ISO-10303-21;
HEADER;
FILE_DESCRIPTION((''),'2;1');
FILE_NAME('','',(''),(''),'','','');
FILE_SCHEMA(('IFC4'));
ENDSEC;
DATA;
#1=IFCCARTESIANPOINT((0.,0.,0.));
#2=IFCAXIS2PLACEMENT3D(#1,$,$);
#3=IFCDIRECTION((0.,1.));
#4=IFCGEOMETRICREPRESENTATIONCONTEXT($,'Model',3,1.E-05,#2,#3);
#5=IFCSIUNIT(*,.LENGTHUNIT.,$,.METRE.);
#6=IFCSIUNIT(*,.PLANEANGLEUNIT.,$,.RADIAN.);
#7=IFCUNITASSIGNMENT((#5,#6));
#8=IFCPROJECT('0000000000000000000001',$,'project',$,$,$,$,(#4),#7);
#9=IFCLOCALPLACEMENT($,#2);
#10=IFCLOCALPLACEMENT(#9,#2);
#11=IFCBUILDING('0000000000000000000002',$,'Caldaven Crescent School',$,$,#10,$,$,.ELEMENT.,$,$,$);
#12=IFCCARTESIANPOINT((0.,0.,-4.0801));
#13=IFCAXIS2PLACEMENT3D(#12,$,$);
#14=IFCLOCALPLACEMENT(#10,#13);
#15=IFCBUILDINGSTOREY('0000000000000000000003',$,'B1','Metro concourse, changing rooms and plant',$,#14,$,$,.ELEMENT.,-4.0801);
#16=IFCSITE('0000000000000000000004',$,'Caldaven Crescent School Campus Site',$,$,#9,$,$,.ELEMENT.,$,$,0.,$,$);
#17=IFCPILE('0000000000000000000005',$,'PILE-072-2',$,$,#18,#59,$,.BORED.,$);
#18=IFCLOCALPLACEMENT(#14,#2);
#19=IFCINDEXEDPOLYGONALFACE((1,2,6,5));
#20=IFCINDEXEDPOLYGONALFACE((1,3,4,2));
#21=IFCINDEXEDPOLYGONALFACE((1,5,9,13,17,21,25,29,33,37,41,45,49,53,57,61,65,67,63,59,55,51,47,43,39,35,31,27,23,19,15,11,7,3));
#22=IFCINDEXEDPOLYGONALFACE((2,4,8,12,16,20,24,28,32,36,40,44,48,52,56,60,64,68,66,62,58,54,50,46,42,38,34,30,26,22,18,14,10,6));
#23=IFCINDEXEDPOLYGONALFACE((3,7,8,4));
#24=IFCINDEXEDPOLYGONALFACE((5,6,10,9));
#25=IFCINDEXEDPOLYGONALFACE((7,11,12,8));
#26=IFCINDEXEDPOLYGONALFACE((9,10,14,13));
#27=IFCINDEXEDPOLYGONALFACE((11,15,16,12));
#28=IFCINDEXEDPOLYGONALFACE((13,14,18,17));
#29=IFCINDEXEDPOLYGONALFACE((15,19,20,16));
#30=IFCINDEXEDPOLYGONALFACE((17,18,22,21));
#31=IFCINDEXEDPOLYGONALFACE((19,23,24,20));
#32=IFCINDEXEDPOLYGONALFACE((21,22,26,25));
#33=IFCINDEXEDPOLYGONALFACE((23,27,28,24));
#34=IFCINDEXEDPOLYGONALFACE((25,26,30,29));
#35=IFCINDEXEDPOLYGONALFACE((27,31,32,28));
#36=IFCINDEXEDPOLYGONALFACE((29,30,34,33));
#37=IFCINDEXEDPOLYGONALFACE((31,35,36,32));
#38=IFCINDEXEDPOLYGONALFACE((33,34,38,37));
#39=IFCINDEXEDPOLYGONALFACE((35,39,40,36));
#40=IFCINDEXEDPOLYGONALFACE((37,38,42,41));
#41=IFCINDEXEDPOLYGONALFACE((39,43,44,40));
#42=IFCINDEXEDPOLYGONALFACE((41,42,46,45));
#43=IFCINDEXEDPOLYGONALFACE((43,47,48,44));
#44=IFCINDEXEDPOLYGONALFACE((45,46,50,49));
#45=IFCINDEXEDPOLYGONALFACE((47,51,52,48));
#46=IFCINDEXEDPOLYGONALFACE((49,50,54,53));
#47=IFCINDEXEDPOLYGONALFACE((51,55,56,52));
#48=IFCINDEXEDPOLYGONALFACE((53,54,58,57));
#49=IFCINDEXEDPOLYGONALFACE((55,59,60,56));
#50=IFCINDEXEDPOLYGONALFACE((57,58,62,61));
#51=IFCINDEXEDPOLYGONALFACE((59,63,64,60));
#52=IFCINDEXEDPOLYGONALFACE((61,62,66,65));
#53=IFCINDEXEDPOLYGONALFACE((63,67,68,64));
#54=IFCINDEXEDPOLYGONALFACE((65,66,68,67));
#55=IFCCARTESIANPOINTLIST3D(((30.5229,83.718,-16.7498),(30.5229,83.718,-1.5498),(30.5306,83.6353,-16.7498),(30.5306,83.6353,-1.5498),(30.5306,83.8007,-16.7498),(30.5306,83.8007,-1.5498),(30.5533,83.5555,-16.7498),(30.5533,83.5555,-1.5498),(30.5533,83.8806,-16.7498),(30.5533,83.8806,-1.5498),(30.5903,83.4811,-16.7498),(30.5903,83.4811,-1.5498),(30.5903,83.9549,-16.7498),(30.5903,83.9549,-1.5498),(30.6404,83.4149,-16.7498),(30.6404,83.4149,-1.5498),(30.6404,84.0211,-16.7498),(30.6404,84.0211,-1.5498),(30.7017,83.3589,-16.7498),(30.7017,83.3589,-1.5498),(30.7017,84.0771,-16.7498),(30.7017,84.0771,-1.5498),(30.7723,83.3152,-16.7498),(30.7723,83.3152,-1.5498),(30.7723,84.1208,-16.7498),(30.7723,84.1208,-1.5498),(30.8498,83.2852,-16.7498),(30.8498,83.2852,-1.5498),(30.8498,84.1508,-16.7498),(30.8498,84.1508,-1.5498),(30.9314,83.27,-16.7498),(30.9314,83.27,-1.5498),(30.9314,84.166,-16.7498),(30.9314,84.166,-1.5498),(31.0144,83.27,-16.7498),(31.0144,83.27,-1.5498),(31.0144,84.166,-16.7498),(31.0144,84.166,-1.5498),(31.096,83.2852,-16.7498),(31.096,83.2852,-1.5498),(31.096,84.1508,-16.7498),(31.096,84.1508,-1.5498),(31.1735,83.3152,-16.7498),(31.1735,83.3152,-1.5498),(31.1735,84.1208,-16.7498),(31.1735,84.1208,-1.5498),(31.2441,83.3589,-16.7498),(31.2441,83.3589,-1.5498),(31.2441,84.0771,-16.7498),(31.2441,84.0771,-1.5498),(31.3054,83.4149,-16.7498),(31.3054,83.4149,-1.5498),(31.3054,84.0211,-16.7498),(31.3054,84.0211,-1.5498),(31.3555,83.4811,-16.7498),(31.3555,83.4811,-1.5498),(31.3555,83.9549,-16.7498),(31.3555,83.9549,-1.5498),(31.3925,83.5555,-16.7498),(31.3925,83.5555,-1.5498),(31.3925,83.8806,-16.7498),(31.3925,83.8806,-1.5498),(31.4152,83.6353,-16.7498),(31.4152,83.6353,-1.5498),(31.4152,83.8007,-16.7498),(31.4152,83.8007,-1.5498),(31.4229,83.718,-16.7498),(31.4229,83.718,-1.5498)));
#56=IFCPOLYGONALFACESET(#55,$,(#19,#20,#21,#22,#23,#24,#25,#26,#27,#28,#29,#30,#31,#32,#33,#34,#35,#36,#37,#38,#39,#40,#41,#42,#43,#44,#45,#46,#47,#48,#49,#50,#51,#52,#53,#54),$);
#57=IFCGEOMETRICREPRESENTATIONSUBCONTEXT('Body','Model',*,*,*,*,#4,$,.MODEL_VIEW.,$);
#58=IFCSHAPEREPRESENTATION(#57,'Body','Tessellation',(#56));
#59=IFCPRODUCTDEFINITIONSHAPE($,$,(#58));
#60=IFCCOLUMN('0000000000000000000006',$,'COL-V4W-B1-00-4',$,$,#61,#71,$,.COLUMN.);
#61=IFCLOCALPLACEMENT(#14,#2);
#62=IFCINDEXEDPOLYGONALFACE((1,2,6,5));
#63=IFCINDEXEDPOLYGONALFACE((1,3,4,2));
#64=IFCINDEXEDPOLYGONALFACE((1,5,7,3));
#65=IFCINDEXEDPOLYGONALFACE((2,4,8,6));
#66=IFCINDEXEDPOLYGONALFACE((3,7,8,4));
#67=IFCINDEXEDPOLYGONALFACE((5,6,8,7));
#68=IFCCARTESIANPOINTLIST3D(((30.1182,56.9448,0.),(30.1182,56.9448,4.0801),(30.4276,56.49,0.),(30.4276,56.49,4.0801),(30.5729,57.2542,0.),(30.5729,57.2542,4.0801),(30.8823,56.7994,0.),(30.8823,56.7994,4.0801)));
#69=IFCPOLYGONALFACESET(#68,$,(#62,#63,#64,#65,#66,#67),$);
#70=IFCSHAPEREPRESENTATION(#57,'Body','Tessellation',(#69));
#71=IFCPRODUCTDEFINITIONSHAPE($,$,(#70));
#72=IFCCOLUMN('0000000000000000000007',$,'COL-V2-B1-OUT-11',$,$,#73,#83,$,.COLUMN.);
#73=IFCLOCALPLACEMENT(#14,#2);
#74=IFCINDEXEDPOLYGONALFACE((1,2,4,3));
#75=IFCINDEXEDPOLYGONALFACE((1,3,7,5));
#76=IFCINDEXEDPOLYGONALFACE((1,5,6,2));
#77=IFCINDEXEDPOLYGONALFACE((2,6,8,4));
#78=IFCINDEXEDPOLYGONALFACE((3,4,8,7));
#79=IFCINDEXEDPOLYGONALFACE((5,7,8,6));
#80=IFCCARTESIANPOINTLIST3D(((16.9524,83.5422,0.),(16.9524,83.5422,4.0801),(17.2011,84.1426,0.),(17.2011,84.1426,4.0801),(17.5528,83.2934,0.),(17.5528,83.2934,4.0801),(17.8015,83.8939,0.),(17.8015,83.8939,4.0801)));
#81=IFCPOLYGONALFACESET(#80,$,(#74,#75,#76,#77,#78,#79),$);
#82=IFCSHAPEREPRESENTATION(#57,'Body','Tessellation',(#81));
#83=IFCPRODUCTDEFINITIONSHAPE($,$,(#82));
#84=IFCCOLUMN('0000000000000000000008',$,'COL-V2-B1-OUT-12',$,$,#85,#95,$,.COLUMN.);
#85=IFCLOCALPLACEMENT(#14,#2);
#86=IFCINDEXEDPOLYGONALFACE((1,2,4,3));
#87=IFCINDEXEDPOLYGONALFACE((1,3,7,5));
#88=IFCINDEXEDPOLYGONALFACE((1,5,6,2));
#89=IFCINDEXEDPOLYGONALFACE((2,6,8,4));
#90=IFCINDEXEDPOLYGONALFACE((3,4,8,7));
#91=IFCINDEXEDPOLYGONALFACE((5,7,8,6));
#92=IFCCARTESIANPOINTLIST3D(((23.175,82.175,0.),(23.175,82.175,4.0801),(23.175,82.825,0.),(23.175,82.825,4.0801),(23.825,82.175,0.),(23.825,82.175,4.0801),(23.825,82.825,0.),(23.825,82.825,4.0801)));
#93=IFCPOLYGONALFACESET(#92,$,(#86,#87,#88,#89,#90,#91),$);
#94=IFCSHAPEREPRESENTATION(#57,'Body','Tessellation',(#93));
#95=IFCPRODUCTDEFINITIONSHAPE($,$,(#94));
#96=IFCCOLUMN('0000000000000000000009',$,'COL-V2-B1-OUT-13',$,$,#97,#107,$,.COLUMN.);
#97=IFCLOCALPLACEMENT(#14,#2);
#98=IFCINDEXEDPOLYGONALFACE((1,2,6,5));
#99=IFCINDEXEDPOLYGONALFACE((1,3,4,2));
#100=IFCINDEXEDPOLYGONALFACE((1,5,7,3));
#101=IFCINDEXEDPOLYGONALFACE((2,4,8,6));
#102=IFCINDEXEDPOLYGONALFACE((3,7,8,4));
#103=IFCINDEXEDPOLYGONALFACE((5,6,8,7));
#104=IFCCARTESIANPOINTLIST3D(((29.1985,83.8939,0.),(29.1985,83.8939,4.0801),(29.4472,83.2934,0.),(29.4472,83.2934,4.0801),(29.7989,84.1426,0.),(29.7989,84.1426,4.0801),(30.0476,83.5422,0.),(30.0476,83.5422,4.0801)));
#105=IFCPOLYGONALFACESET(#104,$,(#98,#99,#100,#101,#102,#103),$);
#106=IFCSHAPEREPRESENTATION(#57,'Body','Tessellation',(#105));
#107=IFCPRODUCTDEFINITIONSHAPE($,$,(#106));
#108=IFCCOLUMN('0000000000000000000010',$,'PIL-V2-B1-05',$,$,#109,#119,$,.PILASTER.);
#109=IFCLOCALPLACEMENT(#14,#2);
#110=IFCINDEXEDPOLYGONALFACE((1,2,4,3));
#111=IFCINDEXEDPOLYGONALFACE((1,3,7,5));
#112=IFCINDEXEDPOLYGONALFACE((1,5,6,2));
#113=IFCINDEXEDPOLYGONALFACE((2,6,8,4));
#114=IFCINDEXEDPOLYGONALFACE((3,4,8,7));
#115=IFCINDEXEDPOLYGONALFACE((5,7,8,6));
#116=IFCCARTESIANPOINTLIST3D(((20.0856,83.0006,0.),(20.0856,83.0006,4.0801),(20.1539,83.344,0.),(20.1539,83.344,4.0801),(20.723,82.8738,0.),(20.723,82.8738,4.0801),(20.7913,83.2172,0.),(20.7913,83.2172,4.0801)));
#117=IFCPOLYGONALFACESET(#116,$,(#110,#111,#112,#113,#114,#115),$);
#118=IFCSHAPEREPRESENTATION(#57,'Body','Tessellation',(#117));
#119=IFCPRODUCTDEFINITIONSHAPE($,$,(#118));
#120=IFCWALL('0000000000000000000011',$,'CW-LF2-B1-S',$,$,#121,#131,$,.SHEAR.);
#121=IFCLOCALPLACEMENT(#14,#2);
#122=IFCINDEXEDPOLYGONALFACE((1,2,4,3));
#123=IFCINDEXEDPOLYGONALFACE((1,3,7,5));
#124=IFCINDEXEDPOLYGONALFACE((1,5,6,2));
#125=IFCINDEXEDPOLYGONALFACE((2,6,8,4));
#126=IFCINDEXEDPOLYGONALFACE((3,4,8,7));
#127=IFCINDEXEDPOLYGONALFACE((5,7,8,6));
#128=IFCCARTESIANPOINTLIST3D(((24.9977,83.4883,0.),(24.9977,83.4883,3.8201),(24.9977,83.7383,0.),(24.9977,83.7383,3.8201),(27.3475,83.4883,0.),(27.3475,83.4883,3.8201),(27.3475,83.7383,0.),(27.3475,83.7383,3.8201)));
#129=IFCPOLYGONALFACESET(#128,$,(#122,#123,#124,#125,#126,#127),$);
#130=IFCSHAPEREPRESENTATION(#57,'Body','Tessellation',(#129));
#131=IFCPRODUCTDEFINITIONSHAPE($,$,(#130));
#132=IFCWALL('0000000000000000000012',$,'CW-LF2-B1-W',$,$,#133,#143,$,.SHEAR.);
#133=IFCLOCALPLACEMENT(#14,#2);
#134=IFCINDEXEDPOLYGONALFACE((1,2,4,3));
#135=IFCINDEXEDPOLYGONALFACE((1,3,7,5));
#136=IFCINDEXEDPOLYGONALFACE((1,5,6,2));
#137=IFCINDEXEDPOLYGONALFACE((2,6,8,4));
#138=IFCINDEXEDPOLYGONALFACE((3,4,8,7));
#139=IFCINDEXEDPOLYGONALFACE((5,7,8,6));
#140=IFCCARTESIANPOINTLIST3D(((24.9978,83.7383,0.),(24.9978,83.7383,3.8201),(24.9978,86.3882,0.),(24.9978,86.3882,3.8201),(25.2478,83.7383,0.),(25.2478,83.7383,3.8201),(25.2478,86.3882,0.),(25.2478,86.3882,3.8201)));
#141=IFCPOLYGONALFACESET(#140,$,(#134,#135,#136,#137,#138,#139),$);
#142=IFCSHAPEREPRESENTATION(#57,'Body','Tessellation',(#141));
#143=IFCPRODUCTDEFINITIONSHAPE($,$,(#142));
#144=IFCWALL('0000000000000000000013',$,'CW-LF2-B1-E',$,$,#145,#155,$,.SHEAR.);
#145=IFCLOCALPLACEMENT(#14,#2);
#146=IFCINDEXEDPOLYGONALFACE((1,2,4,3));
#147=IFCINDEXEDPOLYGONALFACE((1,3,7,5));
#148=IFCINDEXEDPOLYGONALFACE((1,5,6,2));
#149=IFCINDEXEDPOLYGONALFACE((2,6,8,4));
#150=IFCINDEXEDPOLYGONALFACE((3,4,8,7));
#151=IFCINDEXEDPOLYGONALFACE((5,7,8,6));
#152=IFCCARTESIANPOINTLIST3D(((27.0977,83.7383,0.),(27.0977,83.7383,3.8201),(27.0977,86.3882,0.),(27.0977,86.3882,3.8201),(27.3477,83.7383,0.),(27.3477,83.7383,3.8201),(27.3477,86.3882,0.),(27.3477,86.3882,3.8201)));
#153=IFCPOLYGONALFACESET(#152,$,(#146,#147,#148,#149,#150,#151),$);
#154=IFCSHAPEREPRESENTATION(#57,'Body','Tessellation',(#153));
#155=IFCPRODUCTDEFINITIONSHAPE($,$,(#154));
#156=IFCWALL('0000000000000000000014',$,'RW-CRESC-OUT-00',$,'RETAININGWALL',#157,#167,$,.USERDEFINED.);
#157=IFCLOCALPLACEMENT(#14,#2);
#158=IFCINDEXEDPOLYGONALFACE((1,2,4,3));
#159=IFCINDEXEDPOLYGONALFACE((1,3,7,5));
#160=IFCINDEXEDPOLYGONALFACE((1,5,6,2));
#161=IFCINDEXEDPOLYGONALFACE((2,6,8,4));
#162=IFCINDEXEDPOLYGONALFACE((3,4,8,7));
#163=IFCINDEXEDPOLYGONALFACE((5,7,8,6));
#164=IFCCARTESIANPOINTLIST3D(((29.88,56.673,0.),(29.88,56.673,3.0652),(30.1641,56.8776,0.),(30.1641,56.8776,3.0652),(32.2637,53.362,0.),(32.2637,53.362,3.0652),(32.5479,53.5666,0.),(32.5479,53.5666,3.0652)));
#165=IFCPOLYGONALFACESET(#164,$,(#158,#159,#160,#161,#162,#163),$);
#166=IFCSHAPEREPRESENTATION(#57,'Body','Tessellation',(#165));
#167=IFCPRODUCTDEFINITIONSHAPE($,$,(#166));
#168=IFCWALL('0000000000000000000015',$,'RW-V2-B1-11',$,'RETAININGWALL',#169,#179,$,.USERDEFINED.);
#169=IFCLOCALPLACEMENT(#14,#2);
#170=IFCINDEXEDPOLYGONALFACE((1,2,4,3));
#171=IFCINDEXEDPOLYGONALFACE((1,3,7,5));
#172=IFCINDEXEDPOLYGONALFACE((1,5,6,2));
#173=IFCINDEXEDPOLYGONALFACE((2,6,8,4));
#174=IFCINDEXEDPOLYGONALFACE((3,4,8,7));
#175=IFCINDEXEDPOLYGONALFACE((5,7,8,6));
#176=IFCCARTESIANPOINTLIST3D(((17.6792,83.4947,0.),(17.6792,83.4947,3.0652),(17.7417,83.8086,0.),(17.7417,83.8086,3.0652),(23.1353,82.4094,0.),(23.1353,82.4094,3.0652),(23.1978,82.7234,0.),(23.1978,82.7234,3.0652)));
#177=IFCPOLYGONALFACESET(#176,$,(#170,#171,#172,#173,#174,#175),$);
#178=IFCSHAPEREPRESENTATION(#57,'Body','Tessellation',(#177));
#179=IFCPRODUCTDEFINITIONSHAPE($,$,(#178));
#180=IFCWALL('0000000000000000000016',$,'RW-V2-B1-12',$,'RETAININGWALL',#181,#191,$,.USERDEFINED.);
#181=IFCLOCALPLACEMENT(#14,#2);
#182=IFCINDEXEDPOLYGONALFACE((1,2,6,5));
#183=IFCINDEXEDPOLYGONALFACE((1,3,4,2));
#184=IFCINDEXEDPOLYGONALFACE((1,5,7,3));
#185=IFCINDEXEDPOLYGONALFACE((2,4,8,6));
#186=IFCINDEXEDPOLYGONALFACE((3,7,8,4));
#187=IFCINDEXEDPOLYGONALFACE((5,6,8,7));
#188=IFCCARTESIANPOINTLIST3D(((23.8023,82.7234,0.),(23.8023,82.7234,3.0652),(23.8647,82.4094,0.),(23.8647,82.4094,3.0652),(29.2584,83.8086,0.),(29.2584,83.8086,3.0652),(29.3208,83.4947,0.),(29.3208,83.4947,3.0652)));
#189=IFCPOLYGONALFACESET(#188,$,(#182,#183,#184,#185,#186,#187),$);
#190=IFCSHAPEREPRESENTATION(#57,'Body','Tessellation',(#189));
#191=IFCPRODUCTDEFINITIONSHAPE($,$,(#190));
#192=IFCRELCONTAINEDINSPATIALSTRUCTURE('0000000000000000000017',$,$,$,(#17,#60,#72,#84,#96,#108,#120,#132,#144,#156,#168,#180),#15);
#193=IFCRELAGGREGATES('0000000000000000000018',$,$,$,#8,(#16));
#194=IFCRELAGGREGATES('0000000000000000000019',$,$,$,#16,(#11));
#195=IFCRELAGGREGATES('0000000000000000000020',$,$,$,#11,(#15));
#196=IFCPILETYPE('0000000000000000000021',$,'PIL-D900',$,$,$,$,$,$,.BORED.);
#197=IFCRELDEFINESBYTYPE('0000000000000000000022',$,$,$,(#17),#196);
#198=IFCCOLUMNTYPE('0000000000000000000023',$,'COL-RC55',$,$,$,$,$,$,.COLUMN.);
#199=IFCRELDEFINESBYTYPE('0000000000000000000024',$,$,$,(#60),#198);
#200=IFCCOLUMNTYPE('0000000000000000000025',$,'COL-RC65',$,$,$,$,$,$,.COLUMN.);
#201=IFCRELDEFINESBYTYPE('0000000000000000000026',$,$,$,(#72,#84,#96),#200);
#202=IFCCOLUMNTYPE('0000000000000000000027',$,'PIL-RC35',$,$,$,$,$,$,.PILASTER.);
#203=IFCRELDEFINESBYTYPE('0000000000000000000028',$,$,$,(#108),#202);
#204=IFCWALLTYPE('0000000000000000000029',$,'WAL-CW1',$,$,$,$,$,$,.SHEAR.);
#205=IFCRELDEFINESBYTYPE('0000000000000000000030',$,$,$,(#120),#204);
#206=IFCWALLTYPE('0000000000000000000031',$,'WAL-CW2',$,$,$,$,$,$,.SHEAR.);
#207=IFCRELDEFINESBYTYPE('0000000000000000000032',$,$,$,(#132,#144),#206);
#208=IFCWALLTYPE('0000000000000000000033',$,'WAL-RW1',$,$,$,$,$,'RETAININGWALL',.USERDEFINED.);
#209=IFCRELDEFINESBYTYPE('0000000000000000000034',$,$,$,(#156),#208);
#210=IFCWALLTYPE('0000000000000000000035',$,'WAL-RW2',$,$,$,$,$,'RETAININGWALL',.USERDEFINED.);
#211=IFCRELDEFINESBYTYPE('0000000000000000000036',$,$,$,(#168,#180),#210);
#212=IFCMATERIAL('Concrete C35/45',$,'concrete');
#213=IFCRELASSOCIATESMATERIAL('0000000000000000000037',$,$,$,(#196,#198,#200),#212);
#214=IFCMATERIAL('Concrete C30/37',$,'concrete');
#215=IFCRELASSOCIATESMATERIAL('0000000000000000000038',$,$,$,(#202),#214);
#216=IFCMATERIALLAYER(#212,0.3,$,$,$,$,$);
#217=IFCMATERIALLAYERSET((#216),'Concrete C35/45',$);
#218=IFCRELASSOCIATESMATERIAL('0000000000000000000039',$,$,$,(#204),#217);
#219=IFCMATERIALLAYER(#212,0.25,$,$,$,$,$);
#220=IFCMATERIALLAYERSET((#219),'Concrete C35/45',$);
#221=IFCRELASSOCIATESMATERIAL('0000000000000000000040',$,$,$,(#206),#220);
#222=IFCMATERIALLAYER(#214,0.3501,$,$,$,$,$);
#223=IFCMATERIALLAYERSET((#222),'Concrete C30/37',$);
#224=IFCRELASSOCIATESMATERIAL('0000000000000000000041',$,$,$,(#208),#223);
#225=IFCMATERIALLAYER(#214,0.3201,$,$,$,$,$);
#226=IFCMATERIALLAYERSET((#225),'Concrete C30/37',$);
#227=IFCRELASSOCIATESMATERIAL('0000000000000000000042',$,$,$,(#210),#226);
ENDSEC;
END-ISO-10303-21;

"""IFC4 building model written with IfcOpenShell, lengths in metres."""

from ifc_helpers import new_model, si_unit, direction, frame, frame_2d, origin, origin_2d, place, context, subcontext, project, spatial, rectangle, circle, extrude, material, layer, layer_set, material_profile, profile_set, type_object, element, save


model = new_model("IFC4")

# Units and contexts
model_context = context("Model", 3, precision=1e-05, world=origin(), true_north=direction((0.0, 1.0)))
body_context = subcontext(model_context, "Body", "Model", "MODEL_VIEW")
ifc_project = project(units=[si_unit("LENGTHUNIT", "METRE"), si_unit("PLANEANGLEUNIT", "RADIAN")], contexts=[model_context])

# Site, building, storey
site_placement = place(None, origin())
site = spatial("IfcSite", under=ifc_project, at=site_placement, Name="Caldaven Crescent School Campus Site", CompositionType="ELEMENT", RefElevation=0.0)
building_placement = place(site_placement, origin())
building = spatial("IfcBuilding", under=site, at=building_placement, Name="Caldaven Crescent School", CompositionType="ELEMENT")
storey_placement = place(building_placement, frame((0.0, 0.0, -4.0801)))
storey = spatial("IfcBuildingStorey", under=building, at=storey_placement, Name="B1", Description="Metro concourse, changing rooms and plant", CompositionType="ELEMENT", Elevation=-4.0801)

# Shared definitions
ifc_material_1 = material(Name="Concrete C30/37", Category="concrete")
ifc_material_2 = material(Name="Concrete C35/45", Category="concrete")

# Pile
ifc_material_profile_1 = material_profile(ifc_material_2, circle(Radius=0.45, at=origin_2d()), Name="PILE D900")
ifc_profile_set_1 = profile_set([ifc_material_profile_1], Name="Concrete C35/45")
pile_type_1 = type_object("IfcPileType", Name="PIL-D900", PredefinedType="BORED", material=ifc_profile_set_1)
for number, where, z_axis, x_axis, name in (
    (1, (30.9729, 83.718, -1.5498), (0.0, 0.0, -1.0), (1.0, 0.0, 0.0), "PILE-072-2"),
):
    element("IfcPile", number, at=place(storey_placement, frame(where, z_axis=z_axis, x_axis=x_axis)), inside=storey, type_object=pile_type_1, Name=name, PredefinedType="BORED", context=body_context, shape_type="SweptSolid", body=[
        extrude(circle(Radius=0.45, at=origin_2d()), origin(), (0.0, 0.0, 1.0), 15.2),
    ])

# Columns
ifc_material_profile_2 = material_profile(ifc_material_2, rectangle(XDim=0.55, YDim=0.55, at=origin_2d()), Name="RC 550x550")
ifc_profile_set_2 = profile_set([ifc_material_profile_2], Name="Concrete C35/45")
column_type_1 = type_object("IfcColumnType", Name="COL-RC55", PredefinedType="COLUMN", material=ifc_profile_set_2)
column_1_placement = place(storey_placement, frame((30.5002, 56.8721, 0.0), z_axis=(0.0, 0.0, 1.0), x_axis=(-0.826786, -0.562516, 0.0)))
element("IfcColumn", 2, at=column_1_placement, inside=storey, type_object=column_type_1, Name="COL-V4W-B1-00-4", PredefinedType="COLUMN", context=body_context, shape_type="SweptSolid", body=[
    extrude(rectangle(XDim=0.55, YDim=0.55, at=origin_2d()), origin(), (0.0, 0.0, 1.0), 4.0801),
])
ifc_material_profile_3 = material_profile(ifc_material_2, rectangle(XDim=0.6499, YDim=0.6499, at=origin_2d()), Name="RC 650x650")
ifc_profile_set_3 = profile_set([ifc_material_profile_3], Name="Concrete C35/45")
column_type_2 = type_object("IfcColumnType", Name="COL-RC65", PredefinedType="COLUMN", material=ifc_profile_set_3)
for number, where, z_axis, x_axis, name in (
    (3, (17.377, 83.718, 0.0), (0.0, 0.0, 1.0), (-0.382683, -0.92388, 0.0), "COL-V2-B1-OUT-11"),
    (4, (23.5, 82.5, 0.0), (0.0, 0.0, 1.0), (0.0, -1.0, 0.0), "COL-V2-B1-OUT-12"),
    (5, (29.623, 83.718, 0.0), (0.0, 0.0, 1.0), (0.382683, -0.92388, 0.0), "COL-V2-B1-OUT-13"),
):
    element("IfcColumn", number, at=place(storey_placement, frame(where, z_axis=z_axis, x_axis=x_axis)), inside=storey, type_object=column_type_2, Name=name, PredefinedType="COLUMN", context=body_context, shape_type="SweptSolid", body=[
        extrude(rectangle(XDim=0.6499, YDim=0.6499, at=origin_2d()), origin(), (0.0, 0.0, 1.0), 4.0801),
    ])
ifc_material_profile_4 = material_profile(ifc_material_1, rectangle(XDim=0.3501, YDim=0.6499, at=origin_2d()), Name="RC 350x650")
ifc_profile_set_4 = profile_set([ifc_material_profile_4], Name="Concrete C30/37")
column_type_3 = type_object("IfcColumnType", Name="PIL-RC35", PredefinedType="PILASTER", material=ifc_profile_set_4)
column_2_placement = place(storey_placement, frame((20.4385, 83.1089, 0.0), z_axis=(0.0, 0.0, 1.0), x_axis=(-0.19509, -0.980785, 0.0)))
element("IfcColumn", 6, at=column_2_placement, inside=storey, type_object=column_type_3, Name="PIL-V2-B1-05", PredefinedType="PILASTER", context=body_context, shape_type="SweptSolid", body=[
    extrude(rectangle(XDim=0.3501, YDim=0.6499, at=origin_2d()), origin(), (0.0, 0.0, 1.0), 4.0801),
])

# Walls
ifc_layer_1 = layer(ifc_material_2, 0.3)
ifc_layer_set_1 = layer_set([ifc_layer_1], Name="Concrete C35/45")
wall_type_1 = type_object("IfcWallType", Name="WAL-CW1", PredefinedType="SHEAR", material=ifc_layer_set_1)
wall_1_placement = place(storey_placement, frame((24.9978, 83.6133, 0.0), z_axis=(0.0, 0.0, 1.0), x_axis=(1.0, 0.0, 0.0)))
element("IfcWall", 7, at=wall_1_placement, inside=storey, type_object=wall_type_1, Name="CW-LF2-B1-S", PredefinedType="SHEAR", context=body_context, shape_type="SweptSolid", body=[
    extrude(rectangle(XDim=2.3499, YDim=0.25, at=frame_2d((1.1748, 0.0))), origin(), (0.0, 0.0, 1.0), 3.8201),
])
ifc_layer_2 = layer(ifc_material_2, 0.25)
ifc_layer_set_2 = layer_set([ifc_layer_2], Name="Concrete C35/45")
wall_type_2 = type_object("IfcWallType", Name="WAL-CW2", PredefinedType="SHEAR", material=ifc_layer_set_2)
for number, where, z_axis, x_axis, name in (
    (8, (25.1228, 83.7383, 0.0), (0.0, 0.0, 1.0), (0.0, 1.0, 0.0), "CW-LF2-B1-W"),
    (9, (27.2227, 83.7383, 0.0), (0.0, 0.0, 1.0), (0.0, 1.0, 0.0), "CW-LF2-B1-E"),
):
    element("IfcWall", number, at=place(storey_placement, frame(where, z_axis=z_axis, x_axis=x_axis)), inside=storey, type_object=wall_type_2, Name=name, PredefinedType="SHEAR", context=body_context, shape_type="SweptSolid", body=[
        extrude(rectangle(XDim=2.6499, YDim=0.25, at=frame_2d((1.325, 0.0))), origin(), (0.0, 0.0, 1.0), 3.8201),
    ])
ifc_layer_3 = layer(ifc_material_1, 0.3501)
ifc_layer_set_3 = layer_set([ifc_layer_3], Name="Concrete C30/37")
wall_type_3 = type_object("IfcWallType", Name="WAL-RW1", ElementType="RETAININGWALL", PredefinedType="USERDEFINED", material=ifc_layer_set_3)
wall_2_placement = place(storey_placement, frame((30.022, 56.7754, 0.0), z_axis=(0.0, 0.0, 1.0), x_axis=(0.58428, -0.811553, 0.0)))
element("IfcWall", 10, at=wall_2_placement, inside=storey, type_object=wall_type_3, Name="RW-CRESC-OUT-00", ObjectType="RETAININGWALL", PredefinedType="USERDEFINED", context=body_context, shape_type="SweptSolid", body=[
    extrude(rectangle(XDim=4.0798, YDim=0.3501, at=frame_2d((2.04, 0.0))), origin(), (0.0, 0.0, 1.0), 3.0652),
])
ifc_layer_4 = layer(ifc_material_1, 0.3201)
ifc_layer_set_4 = layer_set([ifc_layer_4], Name="Concrete C30/37")
wall_type_4 = type_object("IfcWallType", Name="WAL-RW2", ElementType="RETAININGWALL", PredefinedType="USERDEFINED", material=ifc_layer_set_4)
for number, where, z_axis, x_axis, name in (
    (11, (17.7104, 83.6516, 0.0), (0.0, 0.0, 1.0), (0.980788, -0.195078, 0.0), "RW-V2-B1-11"),
    (12, (23.8335, 82.5664, 0.0), (0.0, 0.0, 1.0), (0.980788, 0.195078, 0.0), "RW-V2-B1-12"),
):
    element("IfcWall", number, at=place(storey_placement, frame(where, z_axis=z_axis, x_axis=x_axis)), inside=storey, type_object=wall_type_4, Name=name, ObjectType="RETAININGWALL", PredefinedType="USERDEFINED", context=body_context, shape_type="SweptSolid", body=[
        extrude(rectangle(XDim=5.563, YDim=0.3201, at=frame_2d((2.7815, 0.0))), origin(), (0.0, 0.0, 1.0), 3.0652),
    ])

save(model, "model.ifc")
